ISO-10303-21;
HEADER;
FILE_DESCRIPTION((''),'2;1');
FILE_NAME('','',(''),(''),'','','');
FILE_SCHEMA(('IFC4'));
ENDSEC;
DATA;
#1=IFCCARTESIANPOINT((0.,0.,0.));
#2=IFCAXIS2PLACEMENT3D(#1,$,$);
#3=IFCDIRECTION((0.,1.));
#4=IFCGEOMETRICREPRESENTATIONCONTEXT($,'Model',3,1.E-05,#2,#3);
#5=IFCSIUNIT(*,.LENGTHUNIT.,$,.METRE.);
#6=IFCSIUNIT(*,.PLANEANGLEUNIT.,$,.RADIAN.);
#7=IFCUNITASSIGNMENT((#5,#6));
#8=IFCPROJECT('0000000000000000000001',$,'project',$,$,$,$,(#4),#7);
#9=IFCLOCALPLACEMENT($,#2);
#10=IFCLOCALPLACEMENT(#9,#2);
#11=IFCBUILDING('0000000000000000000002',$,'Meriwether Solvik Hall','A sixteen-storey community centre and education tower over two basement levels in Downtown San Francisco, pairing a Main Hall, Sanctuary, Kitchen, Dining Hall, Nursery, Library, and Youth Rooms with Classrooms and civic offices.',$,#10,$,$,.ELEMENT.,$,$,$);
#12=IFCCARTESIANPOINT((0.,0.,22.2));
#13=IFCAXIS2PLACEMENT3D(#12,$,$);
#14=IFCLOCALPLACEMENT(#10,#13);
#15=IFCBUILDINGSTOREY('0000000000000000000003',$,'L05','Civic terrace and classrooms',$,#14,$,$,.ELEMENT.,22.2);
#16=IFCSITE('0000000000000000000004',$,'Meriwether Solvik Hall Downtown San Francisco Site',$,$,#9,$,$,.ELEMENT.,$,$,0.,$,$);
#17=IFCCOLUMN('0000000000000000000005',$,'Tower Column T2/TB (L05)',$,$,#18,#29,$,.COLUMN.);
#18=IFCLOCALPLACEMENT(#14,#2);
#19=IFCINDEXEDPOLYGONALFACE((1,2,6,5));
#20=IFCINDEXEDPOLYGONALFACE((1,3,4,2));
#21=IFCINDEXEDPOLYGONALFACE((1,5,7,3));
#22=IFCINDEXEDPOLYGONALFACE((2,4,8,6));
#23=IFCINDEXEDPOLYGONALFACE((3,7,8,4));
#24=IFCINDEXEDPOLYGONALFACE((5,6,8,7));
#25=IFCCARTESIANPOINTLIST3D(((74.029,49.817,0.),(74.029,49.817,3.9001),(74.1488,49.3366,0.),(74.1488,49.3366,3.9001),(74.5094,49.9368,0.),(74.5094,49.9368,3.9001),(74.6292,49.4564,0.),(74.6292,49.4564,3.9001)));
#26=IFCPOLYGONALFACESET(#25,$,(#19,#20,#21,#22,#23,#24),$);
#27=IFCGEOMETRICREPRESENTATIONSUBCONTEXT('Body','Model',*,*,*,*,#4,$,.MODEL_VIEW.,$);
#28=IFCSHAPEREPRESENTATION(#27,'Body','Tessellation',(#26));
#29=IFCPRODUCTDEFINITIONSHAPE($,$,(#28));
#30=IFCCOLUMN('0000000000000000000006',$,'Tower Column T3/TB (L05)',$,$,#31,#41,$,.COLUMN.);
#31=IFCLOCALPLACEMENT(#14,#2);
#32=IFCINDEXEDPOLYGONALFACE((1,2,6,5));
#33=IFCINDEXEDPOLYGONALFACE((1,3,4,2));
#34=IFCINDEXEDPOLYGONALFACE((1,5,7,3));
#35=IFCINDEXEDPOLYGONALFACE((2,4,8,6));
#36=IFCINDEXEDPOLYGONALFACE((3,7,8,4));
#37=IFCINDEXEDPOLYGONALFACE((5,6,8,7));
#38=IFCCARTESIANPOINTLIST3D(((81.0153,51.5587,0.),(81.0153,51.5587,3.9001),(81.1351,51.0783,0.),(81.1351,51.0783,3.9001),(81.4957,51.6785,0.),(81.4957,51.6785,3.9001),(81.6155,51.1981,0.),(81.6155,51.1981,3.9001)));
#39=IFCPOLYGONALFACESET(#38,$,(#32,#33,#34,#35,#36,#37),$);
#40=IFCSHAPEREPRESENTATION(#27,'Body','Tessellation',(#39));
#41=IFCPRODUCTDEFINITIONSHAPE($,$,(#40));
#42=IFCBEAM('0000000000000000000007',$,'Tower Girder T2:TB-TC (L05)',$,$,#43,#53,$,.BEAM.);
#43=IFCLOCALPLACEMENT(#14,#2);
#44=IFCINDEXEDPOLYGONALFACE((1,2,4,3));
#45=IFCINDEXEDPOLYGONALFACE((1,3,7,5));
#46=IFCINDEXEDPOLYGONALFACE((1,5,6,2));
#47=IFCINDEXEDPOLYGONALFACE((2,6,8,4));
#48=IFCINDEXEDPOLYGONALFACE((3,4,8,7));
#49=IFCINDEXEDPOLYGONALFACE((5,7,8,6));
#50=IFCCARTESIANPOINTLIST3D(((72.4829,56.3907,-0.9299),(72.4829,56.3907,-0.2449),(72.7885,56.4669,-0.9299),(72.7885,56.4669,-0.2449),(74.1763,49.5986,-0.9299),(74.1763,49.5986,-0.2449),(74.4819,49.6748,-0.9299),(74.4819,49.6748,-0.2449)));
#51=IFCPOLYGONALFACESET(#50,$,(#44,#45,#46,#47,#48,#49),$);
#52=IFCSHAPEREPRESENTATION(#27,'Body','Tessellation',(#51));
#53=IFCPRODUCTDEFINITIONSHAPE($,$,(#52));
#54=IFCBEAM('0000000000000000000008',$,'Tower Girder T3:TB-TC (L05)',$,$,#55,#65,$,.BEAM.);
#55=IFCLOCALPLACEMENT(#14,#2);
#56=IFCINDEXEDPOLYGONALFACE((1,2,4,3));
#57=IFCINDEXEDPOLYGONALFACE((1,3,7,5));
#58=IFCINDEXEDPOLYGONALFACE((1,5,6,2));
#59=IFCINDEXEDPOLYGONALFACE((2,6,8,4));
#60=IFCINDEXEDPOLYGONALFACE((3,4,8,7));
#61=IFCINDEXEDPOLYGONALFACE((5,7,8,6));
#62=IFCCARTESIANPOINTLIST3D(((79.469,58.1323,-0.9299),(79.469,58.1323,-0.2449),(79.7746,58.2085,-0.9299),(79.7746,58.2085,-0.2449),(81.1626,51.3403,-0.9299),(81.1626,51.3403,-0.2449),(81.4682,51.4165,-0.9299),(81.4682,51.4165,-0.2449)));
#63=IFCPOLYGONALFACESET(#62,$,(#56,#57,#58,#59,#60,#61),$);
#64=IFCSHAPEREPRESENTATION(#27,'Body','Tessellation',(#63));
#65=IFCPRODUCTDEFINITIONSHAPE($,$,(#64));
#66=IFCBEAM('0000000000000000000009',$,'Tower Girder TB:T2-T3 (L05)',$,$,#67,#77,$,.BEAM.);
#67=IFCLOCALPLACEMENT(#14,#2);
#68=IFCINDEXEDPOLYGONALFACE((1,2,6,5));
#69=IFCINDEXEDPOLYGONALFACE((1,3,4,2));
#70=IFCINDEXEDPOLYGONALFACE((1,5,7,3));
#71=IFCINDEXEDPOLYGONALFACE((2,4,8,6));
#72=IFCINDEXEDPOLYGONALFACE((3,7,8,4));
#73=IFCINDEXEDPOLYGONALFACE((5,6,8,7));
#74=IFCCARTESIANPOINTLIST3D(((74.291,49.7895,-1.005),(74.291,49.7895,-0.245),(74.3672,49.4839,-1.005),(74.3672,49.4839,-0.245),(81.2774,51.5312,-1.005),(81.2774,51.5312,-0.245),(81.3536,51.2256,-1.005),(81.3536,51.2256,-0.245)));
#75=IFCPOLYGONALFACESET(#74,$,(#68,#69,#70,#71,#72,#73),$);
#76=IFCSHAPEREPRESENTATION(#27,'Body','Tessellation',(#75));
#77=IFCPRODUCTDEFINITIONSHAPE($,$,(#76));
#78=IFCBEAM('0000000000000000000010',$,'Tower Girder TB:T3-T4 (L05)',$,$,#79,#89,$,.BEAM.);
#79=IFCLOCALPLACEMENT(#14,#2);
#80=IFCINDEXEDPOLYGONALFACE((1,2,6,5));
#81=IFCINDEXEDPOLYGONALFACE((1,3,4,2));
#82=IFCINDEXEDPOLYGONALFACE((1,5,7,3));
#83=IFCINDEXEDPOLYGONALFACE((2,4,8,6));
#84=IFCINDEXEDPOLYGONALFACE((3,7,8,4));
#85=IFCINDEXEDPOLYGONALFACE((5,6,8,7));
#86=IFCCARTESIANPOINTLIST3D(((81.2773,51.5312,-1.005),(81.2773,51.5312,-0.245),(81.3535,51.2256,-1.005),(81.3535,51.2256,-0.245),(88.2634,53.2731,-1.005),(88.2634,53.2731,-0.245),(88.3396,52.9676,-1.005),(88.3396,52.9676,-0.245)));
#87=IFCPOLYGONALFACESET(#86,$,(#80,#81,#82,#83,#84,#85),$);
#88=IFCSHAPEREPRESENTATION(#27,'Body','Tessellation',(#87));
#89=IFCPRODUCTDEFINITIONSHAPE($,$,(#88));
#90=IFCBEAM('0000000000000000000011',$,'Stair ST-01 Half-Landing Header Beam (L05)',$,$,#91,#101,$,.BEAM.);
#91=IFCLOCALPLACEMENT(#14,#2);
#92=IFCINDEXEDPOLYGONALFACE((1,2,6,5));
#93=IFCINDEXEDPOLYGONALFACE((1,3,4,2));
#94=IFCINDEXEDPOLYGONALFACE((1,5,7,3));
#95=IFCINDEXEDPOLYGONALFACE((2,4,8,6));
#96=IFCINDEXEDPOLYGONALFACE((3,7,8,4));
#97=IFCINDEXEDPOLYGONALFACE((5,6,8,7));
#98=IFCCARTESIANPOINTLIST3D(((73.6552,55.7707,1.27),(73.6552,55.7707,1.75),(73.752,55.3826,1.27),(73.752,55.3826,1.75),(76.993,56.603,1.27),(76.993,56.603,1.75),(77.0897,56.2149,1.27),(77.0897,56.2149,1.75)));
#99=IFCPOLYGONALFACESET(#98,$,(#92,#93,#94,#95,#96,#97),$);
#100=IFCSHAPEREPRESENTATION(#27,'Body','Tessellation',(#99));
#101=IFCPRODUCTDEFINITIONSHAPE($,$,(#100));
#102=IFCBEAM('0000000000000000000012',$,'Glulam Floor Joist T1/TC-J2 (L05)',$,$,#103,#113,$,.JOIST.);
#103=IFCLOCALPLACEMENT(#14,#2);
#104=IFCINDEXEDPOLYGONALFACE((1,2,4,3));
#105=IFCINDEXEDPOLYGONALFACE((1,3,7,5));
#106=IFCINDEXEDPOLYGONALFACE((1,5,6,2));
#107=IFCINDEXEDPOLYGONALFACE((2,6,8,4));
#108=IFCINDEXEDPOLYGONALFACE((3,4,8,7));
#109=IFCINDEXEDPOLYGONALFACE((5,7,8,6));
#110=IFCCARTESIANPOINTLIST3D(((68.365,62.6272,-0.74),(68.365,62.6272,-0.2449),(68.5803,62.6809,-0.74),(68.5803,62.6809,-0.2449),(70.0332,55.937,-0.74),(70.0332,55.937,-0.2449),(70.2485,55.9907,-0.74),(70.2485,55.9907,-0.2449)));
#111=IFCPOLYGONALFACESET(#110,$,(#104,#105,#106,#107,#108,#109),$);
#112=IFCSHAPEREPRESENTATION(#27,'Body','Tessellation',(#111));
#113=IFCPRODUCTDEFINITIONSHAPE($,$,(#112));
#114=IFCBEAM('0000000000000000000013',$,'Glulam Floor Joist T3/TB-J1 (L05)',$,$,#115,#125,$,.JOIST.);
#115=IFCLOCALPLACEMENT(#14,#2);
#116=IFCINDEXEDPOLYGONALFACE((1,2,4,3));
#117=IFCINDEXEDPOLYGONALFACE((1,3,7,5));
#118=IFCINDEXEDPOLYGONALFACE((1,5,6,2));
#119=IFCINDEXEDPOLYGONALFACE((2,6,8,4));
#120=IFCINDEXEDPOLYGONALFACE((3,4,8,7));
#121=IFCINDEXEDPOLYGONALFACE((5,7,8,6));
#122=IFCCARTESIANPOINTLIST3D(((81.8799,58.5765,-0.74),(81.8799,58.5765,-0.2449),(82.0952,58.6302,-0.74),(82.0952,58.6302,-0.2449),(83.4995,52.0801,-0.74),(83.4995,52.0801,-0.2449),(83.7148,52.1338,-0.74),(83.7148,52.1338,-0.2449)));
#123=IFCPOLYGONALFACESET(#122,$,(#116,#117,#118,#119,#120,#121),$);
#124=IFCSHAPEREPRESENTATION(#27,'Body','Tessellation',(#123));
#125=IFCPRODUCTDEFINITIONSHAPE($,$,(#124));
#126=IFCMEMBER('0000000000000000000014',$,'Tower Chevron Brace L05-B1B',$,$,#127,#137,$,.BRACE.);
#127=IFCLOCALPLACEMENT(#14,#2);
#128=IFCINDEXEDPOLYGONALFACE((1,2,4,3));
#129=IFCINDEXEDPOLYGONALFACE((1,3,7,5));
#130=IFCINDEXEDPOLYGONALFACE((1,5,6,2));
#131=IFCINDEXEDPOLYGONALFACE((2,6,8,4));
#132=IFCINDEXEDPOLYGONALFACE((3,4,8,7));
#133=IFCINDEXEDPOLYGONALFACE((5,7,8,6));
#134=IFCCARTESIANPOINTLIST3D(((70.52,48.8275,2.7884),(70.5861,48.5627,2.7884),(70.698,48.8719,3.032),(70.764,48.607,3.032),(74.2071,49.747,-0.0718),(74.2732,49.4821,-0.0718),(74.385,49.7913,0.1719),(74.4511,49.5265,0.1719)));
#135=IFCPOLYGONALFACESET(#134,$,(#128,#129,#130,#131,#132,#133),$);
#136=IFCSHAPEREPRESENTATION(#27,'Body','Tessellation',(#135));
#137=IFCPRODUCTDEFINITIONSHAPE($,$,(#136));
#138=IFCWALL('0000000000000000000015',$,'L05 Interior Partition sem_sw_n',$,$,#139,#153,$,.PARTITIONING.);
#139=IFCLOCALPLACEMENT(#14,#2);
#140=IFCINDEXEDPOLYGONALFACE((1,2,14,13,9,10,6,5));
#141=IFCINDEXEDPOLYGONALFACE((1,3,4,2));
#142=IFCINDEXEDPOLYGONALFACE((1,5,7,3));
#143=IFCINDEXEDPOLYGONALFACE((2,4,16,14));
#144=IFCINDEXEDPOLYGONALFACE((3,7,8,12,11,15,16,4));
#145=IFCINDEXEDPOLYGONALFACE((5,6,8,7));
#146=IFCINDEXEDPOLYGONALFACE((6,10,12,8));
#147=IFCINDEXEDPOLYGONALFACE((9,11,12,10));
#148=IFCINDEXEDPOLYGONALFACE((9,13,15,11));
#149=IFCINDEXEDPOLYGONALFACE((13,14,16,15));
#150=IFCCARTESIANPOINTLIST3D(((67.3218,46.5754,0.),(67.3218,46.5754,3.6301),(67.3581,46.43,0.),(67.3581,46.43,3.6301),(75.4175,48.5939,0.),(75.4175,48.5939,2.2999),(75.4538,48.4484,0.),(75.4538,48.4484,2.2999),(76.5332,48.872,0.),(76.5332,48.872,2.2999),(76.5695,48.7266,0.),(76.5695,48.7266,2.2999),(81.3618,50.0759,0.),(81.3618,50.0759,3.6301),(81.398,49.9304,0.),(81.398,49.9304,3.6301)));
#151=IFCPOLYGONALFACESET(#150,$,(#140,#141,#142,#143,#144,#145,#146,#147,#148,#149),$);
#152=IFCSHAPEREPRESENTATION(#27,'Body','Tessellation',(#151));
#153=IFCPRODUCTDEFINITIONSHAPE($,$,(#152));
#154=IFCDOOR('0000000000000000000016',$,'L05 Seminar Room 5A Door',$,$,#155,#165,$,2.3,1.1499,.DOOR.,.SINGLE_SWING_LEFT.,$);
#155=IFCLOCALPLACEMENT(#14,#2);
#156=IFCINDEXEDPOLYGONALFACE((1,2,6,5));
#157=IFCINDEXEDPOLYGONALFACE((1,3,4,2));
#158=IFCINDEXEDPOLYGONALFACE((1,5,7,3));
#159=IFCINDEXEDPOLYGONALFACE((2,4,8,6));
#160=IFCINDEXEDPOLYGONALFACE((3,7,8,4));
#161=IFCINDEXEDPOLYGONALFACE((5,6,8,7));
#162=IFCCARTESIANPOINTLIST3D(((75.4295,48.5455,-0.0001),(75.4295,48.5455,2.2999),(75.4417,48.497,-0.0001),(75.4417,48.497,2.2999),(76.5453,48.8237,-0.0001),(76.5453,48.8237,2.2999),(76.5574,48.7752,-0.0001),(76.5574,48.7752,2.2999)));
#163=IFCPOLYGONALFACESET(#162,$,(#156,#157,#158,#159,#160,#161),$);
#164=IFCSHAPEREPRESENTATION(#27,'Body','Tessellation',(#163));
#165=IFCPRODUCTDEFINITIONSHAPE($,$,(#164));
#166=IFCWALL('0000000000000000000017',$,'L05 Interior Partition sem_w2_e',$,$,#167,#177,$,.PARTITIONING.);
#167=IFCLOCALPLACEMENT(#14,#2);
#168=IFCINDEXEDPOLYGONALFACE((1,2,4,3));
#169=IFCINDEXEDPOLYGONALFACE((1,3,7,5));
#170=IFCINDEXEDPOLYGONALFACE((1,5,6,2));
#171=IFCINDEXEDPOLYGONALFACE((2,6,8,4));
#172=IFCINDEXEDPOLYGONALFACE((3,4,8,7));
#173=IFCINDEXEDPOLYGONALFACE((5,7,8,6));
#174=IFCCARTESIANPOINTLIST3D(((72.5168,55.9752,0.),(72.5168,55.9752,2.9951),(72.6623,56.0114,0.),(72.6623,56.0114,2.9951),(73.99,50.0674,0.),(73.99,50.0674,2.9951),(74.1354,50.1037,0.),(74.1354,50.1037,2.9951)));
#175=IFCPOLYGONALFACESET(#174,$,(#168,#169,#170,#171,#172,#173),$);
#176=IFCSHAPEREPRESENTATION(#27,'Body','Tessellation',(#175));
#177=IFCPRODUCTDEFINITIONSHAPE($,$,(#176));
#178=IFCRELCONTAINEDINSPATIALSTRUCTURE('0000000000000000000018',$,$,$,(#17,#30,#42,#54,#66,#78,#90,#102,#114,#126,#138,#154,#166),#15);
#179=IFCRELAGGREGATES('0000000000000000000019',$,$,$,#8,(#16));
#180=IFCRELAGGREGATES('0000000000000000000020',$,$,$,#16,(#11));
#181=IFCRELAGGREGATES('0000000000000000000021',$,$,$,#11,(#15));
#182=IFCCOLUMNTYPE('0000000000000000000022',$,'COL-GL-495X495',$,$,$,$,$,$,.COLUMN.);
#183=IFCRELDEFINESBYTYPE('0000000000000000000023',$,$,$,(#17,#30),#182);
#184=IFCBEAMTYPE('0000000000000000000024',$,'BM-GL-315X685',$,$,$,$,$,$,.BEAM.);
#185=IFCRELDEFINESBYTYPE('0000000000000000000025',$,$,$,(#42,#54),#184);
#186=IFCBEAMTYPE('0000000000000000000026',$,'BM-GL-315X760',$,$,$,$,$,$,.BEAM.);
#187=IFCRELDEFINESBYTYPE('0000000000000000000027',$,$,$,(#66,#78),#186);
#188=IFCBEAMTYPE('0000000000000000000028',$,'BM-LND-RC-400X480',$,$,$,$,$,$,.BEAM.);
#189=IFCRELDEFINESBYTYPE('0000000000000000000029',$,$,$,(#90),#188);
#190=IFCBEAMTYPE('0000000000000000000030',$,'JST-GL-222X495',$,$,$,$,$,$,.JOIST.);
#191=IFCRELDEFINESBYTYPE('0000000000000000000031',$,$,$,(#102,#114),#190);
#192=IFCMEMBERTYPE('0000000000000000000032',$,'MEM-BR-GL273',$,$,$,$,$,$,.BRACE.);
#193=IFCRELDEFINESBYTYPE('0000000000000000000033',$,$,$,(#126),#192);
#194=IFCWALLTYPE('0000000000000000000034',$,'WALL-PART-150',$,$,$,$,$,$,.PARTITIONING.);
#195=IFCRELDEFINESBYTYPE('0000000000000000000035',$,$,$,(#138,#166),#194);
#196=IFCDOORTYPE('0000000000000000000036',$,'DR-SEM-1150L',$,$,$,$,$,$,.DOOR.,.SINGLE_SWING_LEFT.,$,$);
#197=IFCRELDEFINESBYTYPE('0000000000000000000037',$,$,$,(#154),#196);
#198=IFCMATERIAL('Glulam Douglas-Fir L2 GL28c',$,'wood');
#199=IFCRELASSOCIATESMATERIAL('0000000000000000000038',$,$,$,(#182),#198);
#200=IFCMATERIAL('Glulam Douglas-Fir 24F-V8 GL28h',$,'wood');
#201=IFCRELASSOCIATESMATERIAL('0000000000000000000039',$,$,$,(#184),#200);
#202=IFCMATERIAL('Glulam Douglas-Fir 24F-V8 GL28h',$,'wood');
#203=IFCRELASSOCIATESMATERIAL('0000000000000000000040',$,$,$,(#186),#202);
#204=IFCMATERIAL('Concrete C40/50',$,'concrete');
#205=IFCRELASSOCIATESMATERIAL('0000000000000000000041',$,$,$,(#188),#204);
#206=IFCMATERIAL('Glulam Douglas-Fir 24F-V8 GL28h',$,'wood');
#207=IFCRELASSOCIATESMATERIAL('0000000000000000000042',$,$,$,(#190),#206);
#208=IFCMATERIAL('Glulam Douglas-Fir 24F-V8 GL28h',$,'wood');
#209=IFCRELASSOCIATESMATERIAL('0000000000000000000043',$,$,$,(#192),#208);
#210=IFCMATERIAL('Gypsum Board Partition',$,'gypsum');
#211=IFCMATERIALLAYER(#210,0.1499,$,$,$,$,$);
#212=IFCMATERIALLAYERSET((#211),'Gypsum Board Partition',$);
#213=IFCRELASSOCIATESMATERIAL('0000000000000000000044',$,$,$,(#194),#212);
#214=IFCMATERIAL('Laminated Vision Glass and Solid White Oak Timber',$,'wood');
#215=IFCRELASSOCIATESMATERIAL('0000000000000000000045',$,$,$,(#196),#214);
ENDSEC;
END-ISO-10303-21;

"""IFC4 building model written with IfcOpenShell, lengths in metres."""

from ifc_helpers import new_model, si_unit, direction, frame, frame_2d, origin, origin_2d, place, context, subcontext, project, spatial, rectangle, extrude, material, layer, layer_set, material_profile, profile_set, type_object, element, fill, save


model = new_model("IFC4")

# Units and contexts
model_context = context("Model", 3, precision=1e-05, world=origin(), true_north=direction((0.0, 1.0)))
body_context = subcontext(model_context, "Body", "Model", "MODEL_VIEW")
ifc_project = project(units=[si_unit("LENGTHUNIT", "METRE"), si_unit("PLANEANGLEUNIT", "RADIAN")], contexts=[model_context])

# Site, building, storey
site_placement = place(None, origin())
site = spatial("IfcSite", under=ifc_project, at=site_placement, Name="Meriwether Solvik Hall Downtown San Francisco Site", CompositionType="ELEMENT", RefElevation=0.0)
building_placement = place(site_placement, origin())
building = spatial("IfcBuilding", under=site, at=building_placement, Name="Meriwether Solvik Hall", Description="A sixteen-storey community centre and education tower over two basement levels in Downtown San Francisco, pairing a Main Hall, Sanctuary, Kitchen, Dining Hall, Nursery, Library, and Youth Rooms with Classrooms and civic offices.", CompositionType="ELEMENT")
storey_placement = place(building_placement, frame((0.0, 0.0, 22.2)))
storey = spatial("IfcBuildingStorey", under=building, at=storey_placement, Name="L05", Description="Civic terrace and classrooms", CompositionType="ELEMENT", Elevation=22.2)

# Columns
ifc_material_1 = material(Name="Glulam Douglas-Fir L2 GL28c", Category="wood")
ifc_material_profile_1 = material_profile(ifc_material_1, rectangle(XDim=0.4951, YDim=0.4951, at=origin_2d()), Name="GLC-495X495")
ifc_profile_set_1 = profile_set([ifc_material_profile_1], Name="Glulam Douglas-Fir L2 GL28c")
column_type = type_object("IfcColumnType", Name="COL-GL-495X495", PredefinedType="COLUMN", material=ifc_profile_set_1)
for number, where, z_axis, x_axis, name in (
    (1, (74.3291, 49.6367, 0.0), (0.0, 0.0, 1.0), (0.970296, 0.241922, 0.0), "Tower Column T2/TB (L05)"),
    (2, (81.3154, 51.3784, 0.0), (0.0, 0.0, 1.0), (0.970296, 0.241922, 0.0), "Tower Column T3/TB (L05)"),
):
    element("IfcColumn", number, at=place(storey_placement, frame(where, z_axis=z_axis, x_axis=x_axis)), inside=storey, type_object=column_type, Name=name, PredefinedType="COLUMN", context=body_context, shape_type="SweptSolid", body=[
        extrude(rectangle(XDim=0.4951, YDim=0.4951, at=origin_2d()), origin(), (0.0, 0.0, 1.0), 3.9001),
    ])

# Beams
ifc_material_2 = material(Name="Glulam Douglas-Fir 24F-V8 GL28h", Category="wood")
ifc_material_profile_2 = material_profile(ifc_material_2, rectangle(XDim=0.3149, YDim=0.6851, at=origin_2d()), Name="GLB-315X685")
ifc_profile_set_2 = profile_set([ifc_material_profile_2], Name="Glulam Douglas-Fir 24F-V8 GL28h")
beam_type_1 = type_object("IfcBeamType", Name="BM-GL-315X685", PredefinedType="BEAM", material=ifc_profile_set_2)
for number, where, z_axis, x_axis, name in (
    (3, (74.3291, 49.6367, -0.5874), (-0.241912, 0.970298, 0.0), (-0.970298, -0.241912, 0.0), "Tower Girder T2:TB-TC (L05)"),
    (4, (81.3154, 51.3784, -0.5874), (-0.241945, 0.97029, 0.0), (-0.97029, -0.241945, 0.0), "Tower Girder T3:TB-TC (L05)"),
):
    element("IfcBeam", number, at=place(storey_placement, frame(where, z_axis=z_axis, x_axis=x_axis)), inside=storey, type_object=beam_type_1, Name=name, PredefinedType="BEAM", context=body_context, shape_type="SweptSolid", body=[
        extrude(rectangle(XDim=0.3149, YDim=0.6851, at=origin_2d()), origin(), (0.0, 0.0, 1.0), 7.0),
    ])
ifc_material_3 = material(Name="Glulam Douglas-Fir 24F-V8 GL28h", Category="wood")
ifc_material_profile_3 = material_profile(ifc_material_3, rectangle(XDim=0.3149, YDim=0.76, at=origin_2d()), Name="GLB-315X760")
ifc_profile_set_3 = profile_set([ifc_material_profile_3], Name="Glulam Douglas-Fir 24F-V8 GL28h")
beam_type_2 = type_object("IfcBeamType", Name="BM-GL-315X760", PredefinedType="BEAM", material=ifc_profile_set_3)
beam_1_placement = place(storey_placement, frame((74.3291, 49.6367, -0.625), z_axis=(0.970302, 0.241897, 0.0), x_axis=(-0.241897, 0.970302, 0.0)))
element("IfcBeam", 5, at=beam_1_placement, inside=storey, type_object=beam_type_2, Name="Tower Girder TB:T2-T3 (L05)", PredefinedType="BEAM", context=body_context, shape_type="SweptSolid", body=[
    extrude(rectangle(XDim=0.3149, YDim=0.76, at=origin_2d()), origin(), (0.0, 0.0, 1.0), 7.2002),
])
beam_2_placement = place(storey_placement, frame((81.3154, 51.3784, -0.625), z_axis=(0.970292, 0.241937, 0.0), x_axis=(-0.241937, 0.970292, 0.0)))
element("IfcBeam", 6, at=beam_2_placement, inside=storey, type_object=beam_type_2, Name="Tower Girder TB:T3-T4 (L05)", PredefinedType="BEAM", context=body_context, shape_type="SweptSolid", body=[
    extrude(rectangle(XDim=0.3149, YDim=0.76, at=origin_2d()), origin(), (0.0, 0.0, 1.0), 7.2),
])
ifc_material_4 = material(Name="Concrete C40/50", Category="concrete")
ifc_material_profile_4 = material_profile(ifc_material_4, rectangle(XDim=0.3999, YDim=0.48, at=origin_2d()), Name="RCB-400X480")
ifc_profile_set_4 = profile_set([ifc_material_profile_4], Name="Concrete C40/50")
beam_type_3 = type_object("IfcBeamType", Name="BM-LND-RC-400X480", PredefinedType="BEAM", material=ifc_profile_set_4)
beam_3_placement = place(storey_placement, frame((73.7036, 55.5767, 1.51), z_axis=(0.970288, 0.241951, 0.0), x_axis=(-0.241951, 0.970288, 0.0)))
element("IfcBeam", 7, at=beam_3_placement, inside=storey, type_object=beam_type_3, Name="Stair ST-01 Half-Landing Header Beam (L05)", PredefinedType="BEAM", context=body_context, shape_type="SweptSolid", body=[
    extrude(rectangle(XDim=0.3999, YDim=0.48, at=origin_2d()), origin(), (0.0, 0.0, 1.0), 3.4399),
])
ifc_material_5 = material(Name="Glulam Douglas-Fir 24F-V8 GL28h", Category="wood")
ifc_material_profile_5 = material_profile(ifc_material_5, rectangle(XDim=0.2219, YDim=0.4951, at=origin_2d()), Name="GLJ-222X495")
ifc_profile_set_5 = profile_set([ifc_material_profile_5], Name="Glulam Douglas-Fir 24F-V8 GL28h")
beam_type_4 = type_object("IfcBeamType", Name="JST-GL-222X495", PredefinedType="JOIST", material=ifc_profile_set_5)
beam_4_placement = place(storey_placement, frame((70.1409, 55.9639, -0.4924), z_axis=(-0.241944, 0.97029, 0.0), x_axis=(-0.97029, -0.241944, 0.0)))
element("IfcBeam", 8, at=beam_4_placement, inside=storey, type_object=beam_type_4, Name="Glulam Floor Joist T1/TC-J2 (L05)", PredefinedType="JOIST", context=body_context, shape_type="SweptSolid", body=[
    extrude(rectangle(XDim=0.2219, YDim=0.4951, at=origin_2d()), origin(), (0.0, 0.0, 1.0), 6.895),
])
beam_5_placement = place(storey_placement, frame((83.6072, 52.1069, -0.4924), z_axis=(-0.241909, 0.970299, 0.0), x_axis=(-0.970299, -0.241909, 0.0)))
element("IfcBeam", 9, at=beam_5_placement, inside=storey, type_object=beam_type_4, Name="Glulam Floor Joist T3/TB-J1 (L05)", PredefinedType="JOIST", context=body_context, shape_type="SweptSolid", body=[
    extrude(rectangle(XDim=0.2219, YDim=0.4951, at=origin_2d()), origin(), (0.0, 0.0, 1.0), 6.6953),
])

# Member
ifc_material_6 = material(Name="Glulam Douglas-Fir 24F-V8 GL28h", Category="wood")
ifc_material_profile_6 = material_profile(ifc_material_6, rectangle(XDim=0.2729, YDim=0.3049, at=origin_2d()), Name="GLM-273X305")
ifc_profile_set_6 = profile_set([ifc_material_profile_6], Name="Glulam Douglas-Fir 24F-V8 GL28h")
member_type = type_object("IfcMemberType", Name="MEM-BR-GL273", PredefinedType="BRACE", material=ifc_profile_set_6)
member_placement = place(storey_placement, frame((74.3291, 49.6367, 0.05), z_axis=(-0.775232, -0.19332, 0.601367), x_axis=(0.241961, -0.970286, 0.0)))
element("IfcMember", 10, at=member_placement, inside=storey, type_object=member_type, Name="Tower Chevron Brace L05-B1B", PredefinedType="BRACE", context=body_context, shape_type="SweptSolid", body=[
    extrude(rectangle(XDim=0.2729, YDim=0.3049, at=origin_2d()), origin(), (0.0, 0.0, 1.0), 4.7561),
])

# Wall, opening, door
ifc_material_7 = material(Name="Gypsum Board Partition", Category="gypsum")
ifc_layer_1 = layer(ifc_material_7, 0.1499)
ifc_layer_set_1 = layer_set([ifc_layer_1], Name="Gypsum Board Partition")
wall_type_1 = type_object("IfcWallType", Name="WALL-PART-150", PredefinedType="PARTITIONING", material=ifc_layer_set_1)
wall_1_placement = place(storey_placement, frame((81.3799, 50.0032, 0.0), z_axis=(0.0, 0.0, 1.0), x_axis=(-0.970297, -0.241916, 0.0)))
wall_1 = element("IfcWall", 11, at=wall_1_placement, inside=storey, type_object=wall_type_1, Name="L05 Interior Partition sem_sw_n", PredefinedType="PARTITIONING", context=body_context, shape_type="SweptSolid", body=[
    extrude(rectangle(XDim=14.4697, YDim=0.1499, at=frame_2d((7.2349, 0.0))), origin(), (0.0, 0.0, 1.0), 3.6301),
])
opening_1_placement = place(wall_1_placement, frame((4.9763, 0.0, 0.0)))
opening_1 = element("IfcOpeningElement", 12, at=opening_1_placement, cuts=wall_1, PredefinedType="OPENING", context=body_context, shape_type="SweptSolid", body=[
    extrude(rectangle(XDim=1.1499, YDim=2.3, at=frame_2d((0.575, 1.1499))), frame((0.0, 0.0869, 0.0), z_axis=(0.0, -1.0, 0.0), x_axis=(1.0, 0.0, 0.0)), (0.0, 0.0, 1.0), 0.1738),
])
ifc_material_8 = material(Name="Laminated Vision Glass and Solid White Oak Timber", Category="wood")
door_type_1 = type_object("IfcDoorType", Name="DR-SEM-1150L", OperationType="SINGLE_SWING_LEFT", PredefinedType="DOOR", material=ifc_material_8)
door_1_placement = place(opening_1_placement, origin())
door_1 = element("IfcDoor", 13, at=door_1_placement, inside=storey, type_object=door_type_1, Name="L05 Seminar Room 5A Door", OperationType="SINGLE_SWING_LEFT", OverallHeight=2.3, OverallWidth=1.1499, PredefinedType="DOOR", context=body_context, shape_type="SweptSolid", body=[
    extrude(rectangle(XDim=1.1499, YDim=2.3, at=frame_2d((0.575, 1.1499))), frame((0.0, 0.0249, 0.0), z_axis=(0.0, -1.0, 0.0), x_axis=(1.0, 0.0, 0.0)), (0.0, 0.0, 1.0), 0.05),
])
fill(opening_1, door_1)

# Wall
wall_2_placement = place(storey_placement, frame((74.0627, 50.0854, 0.0), z_axis=(0.0, 0.0, 1.0), x_axis=(-0.241951, 0.970289, 0.0)))
element("IfcWall", 14, at=wall_2_placement, inside=storey, type_object=wall_type_1, Name="L05 Interior Partition sem_w2_e", PredefinedType="PARTITIONING", context=body_context, shape_type="SweptSolid", body=[
    extrude(rectangle(XDim=6.0886, YDim=0.1499, at=frame_2d((3.0444, 0.0))), origin(), (0.0, 0.0, 1.0), 2.9951),
])

save(model, "model.ifc")
